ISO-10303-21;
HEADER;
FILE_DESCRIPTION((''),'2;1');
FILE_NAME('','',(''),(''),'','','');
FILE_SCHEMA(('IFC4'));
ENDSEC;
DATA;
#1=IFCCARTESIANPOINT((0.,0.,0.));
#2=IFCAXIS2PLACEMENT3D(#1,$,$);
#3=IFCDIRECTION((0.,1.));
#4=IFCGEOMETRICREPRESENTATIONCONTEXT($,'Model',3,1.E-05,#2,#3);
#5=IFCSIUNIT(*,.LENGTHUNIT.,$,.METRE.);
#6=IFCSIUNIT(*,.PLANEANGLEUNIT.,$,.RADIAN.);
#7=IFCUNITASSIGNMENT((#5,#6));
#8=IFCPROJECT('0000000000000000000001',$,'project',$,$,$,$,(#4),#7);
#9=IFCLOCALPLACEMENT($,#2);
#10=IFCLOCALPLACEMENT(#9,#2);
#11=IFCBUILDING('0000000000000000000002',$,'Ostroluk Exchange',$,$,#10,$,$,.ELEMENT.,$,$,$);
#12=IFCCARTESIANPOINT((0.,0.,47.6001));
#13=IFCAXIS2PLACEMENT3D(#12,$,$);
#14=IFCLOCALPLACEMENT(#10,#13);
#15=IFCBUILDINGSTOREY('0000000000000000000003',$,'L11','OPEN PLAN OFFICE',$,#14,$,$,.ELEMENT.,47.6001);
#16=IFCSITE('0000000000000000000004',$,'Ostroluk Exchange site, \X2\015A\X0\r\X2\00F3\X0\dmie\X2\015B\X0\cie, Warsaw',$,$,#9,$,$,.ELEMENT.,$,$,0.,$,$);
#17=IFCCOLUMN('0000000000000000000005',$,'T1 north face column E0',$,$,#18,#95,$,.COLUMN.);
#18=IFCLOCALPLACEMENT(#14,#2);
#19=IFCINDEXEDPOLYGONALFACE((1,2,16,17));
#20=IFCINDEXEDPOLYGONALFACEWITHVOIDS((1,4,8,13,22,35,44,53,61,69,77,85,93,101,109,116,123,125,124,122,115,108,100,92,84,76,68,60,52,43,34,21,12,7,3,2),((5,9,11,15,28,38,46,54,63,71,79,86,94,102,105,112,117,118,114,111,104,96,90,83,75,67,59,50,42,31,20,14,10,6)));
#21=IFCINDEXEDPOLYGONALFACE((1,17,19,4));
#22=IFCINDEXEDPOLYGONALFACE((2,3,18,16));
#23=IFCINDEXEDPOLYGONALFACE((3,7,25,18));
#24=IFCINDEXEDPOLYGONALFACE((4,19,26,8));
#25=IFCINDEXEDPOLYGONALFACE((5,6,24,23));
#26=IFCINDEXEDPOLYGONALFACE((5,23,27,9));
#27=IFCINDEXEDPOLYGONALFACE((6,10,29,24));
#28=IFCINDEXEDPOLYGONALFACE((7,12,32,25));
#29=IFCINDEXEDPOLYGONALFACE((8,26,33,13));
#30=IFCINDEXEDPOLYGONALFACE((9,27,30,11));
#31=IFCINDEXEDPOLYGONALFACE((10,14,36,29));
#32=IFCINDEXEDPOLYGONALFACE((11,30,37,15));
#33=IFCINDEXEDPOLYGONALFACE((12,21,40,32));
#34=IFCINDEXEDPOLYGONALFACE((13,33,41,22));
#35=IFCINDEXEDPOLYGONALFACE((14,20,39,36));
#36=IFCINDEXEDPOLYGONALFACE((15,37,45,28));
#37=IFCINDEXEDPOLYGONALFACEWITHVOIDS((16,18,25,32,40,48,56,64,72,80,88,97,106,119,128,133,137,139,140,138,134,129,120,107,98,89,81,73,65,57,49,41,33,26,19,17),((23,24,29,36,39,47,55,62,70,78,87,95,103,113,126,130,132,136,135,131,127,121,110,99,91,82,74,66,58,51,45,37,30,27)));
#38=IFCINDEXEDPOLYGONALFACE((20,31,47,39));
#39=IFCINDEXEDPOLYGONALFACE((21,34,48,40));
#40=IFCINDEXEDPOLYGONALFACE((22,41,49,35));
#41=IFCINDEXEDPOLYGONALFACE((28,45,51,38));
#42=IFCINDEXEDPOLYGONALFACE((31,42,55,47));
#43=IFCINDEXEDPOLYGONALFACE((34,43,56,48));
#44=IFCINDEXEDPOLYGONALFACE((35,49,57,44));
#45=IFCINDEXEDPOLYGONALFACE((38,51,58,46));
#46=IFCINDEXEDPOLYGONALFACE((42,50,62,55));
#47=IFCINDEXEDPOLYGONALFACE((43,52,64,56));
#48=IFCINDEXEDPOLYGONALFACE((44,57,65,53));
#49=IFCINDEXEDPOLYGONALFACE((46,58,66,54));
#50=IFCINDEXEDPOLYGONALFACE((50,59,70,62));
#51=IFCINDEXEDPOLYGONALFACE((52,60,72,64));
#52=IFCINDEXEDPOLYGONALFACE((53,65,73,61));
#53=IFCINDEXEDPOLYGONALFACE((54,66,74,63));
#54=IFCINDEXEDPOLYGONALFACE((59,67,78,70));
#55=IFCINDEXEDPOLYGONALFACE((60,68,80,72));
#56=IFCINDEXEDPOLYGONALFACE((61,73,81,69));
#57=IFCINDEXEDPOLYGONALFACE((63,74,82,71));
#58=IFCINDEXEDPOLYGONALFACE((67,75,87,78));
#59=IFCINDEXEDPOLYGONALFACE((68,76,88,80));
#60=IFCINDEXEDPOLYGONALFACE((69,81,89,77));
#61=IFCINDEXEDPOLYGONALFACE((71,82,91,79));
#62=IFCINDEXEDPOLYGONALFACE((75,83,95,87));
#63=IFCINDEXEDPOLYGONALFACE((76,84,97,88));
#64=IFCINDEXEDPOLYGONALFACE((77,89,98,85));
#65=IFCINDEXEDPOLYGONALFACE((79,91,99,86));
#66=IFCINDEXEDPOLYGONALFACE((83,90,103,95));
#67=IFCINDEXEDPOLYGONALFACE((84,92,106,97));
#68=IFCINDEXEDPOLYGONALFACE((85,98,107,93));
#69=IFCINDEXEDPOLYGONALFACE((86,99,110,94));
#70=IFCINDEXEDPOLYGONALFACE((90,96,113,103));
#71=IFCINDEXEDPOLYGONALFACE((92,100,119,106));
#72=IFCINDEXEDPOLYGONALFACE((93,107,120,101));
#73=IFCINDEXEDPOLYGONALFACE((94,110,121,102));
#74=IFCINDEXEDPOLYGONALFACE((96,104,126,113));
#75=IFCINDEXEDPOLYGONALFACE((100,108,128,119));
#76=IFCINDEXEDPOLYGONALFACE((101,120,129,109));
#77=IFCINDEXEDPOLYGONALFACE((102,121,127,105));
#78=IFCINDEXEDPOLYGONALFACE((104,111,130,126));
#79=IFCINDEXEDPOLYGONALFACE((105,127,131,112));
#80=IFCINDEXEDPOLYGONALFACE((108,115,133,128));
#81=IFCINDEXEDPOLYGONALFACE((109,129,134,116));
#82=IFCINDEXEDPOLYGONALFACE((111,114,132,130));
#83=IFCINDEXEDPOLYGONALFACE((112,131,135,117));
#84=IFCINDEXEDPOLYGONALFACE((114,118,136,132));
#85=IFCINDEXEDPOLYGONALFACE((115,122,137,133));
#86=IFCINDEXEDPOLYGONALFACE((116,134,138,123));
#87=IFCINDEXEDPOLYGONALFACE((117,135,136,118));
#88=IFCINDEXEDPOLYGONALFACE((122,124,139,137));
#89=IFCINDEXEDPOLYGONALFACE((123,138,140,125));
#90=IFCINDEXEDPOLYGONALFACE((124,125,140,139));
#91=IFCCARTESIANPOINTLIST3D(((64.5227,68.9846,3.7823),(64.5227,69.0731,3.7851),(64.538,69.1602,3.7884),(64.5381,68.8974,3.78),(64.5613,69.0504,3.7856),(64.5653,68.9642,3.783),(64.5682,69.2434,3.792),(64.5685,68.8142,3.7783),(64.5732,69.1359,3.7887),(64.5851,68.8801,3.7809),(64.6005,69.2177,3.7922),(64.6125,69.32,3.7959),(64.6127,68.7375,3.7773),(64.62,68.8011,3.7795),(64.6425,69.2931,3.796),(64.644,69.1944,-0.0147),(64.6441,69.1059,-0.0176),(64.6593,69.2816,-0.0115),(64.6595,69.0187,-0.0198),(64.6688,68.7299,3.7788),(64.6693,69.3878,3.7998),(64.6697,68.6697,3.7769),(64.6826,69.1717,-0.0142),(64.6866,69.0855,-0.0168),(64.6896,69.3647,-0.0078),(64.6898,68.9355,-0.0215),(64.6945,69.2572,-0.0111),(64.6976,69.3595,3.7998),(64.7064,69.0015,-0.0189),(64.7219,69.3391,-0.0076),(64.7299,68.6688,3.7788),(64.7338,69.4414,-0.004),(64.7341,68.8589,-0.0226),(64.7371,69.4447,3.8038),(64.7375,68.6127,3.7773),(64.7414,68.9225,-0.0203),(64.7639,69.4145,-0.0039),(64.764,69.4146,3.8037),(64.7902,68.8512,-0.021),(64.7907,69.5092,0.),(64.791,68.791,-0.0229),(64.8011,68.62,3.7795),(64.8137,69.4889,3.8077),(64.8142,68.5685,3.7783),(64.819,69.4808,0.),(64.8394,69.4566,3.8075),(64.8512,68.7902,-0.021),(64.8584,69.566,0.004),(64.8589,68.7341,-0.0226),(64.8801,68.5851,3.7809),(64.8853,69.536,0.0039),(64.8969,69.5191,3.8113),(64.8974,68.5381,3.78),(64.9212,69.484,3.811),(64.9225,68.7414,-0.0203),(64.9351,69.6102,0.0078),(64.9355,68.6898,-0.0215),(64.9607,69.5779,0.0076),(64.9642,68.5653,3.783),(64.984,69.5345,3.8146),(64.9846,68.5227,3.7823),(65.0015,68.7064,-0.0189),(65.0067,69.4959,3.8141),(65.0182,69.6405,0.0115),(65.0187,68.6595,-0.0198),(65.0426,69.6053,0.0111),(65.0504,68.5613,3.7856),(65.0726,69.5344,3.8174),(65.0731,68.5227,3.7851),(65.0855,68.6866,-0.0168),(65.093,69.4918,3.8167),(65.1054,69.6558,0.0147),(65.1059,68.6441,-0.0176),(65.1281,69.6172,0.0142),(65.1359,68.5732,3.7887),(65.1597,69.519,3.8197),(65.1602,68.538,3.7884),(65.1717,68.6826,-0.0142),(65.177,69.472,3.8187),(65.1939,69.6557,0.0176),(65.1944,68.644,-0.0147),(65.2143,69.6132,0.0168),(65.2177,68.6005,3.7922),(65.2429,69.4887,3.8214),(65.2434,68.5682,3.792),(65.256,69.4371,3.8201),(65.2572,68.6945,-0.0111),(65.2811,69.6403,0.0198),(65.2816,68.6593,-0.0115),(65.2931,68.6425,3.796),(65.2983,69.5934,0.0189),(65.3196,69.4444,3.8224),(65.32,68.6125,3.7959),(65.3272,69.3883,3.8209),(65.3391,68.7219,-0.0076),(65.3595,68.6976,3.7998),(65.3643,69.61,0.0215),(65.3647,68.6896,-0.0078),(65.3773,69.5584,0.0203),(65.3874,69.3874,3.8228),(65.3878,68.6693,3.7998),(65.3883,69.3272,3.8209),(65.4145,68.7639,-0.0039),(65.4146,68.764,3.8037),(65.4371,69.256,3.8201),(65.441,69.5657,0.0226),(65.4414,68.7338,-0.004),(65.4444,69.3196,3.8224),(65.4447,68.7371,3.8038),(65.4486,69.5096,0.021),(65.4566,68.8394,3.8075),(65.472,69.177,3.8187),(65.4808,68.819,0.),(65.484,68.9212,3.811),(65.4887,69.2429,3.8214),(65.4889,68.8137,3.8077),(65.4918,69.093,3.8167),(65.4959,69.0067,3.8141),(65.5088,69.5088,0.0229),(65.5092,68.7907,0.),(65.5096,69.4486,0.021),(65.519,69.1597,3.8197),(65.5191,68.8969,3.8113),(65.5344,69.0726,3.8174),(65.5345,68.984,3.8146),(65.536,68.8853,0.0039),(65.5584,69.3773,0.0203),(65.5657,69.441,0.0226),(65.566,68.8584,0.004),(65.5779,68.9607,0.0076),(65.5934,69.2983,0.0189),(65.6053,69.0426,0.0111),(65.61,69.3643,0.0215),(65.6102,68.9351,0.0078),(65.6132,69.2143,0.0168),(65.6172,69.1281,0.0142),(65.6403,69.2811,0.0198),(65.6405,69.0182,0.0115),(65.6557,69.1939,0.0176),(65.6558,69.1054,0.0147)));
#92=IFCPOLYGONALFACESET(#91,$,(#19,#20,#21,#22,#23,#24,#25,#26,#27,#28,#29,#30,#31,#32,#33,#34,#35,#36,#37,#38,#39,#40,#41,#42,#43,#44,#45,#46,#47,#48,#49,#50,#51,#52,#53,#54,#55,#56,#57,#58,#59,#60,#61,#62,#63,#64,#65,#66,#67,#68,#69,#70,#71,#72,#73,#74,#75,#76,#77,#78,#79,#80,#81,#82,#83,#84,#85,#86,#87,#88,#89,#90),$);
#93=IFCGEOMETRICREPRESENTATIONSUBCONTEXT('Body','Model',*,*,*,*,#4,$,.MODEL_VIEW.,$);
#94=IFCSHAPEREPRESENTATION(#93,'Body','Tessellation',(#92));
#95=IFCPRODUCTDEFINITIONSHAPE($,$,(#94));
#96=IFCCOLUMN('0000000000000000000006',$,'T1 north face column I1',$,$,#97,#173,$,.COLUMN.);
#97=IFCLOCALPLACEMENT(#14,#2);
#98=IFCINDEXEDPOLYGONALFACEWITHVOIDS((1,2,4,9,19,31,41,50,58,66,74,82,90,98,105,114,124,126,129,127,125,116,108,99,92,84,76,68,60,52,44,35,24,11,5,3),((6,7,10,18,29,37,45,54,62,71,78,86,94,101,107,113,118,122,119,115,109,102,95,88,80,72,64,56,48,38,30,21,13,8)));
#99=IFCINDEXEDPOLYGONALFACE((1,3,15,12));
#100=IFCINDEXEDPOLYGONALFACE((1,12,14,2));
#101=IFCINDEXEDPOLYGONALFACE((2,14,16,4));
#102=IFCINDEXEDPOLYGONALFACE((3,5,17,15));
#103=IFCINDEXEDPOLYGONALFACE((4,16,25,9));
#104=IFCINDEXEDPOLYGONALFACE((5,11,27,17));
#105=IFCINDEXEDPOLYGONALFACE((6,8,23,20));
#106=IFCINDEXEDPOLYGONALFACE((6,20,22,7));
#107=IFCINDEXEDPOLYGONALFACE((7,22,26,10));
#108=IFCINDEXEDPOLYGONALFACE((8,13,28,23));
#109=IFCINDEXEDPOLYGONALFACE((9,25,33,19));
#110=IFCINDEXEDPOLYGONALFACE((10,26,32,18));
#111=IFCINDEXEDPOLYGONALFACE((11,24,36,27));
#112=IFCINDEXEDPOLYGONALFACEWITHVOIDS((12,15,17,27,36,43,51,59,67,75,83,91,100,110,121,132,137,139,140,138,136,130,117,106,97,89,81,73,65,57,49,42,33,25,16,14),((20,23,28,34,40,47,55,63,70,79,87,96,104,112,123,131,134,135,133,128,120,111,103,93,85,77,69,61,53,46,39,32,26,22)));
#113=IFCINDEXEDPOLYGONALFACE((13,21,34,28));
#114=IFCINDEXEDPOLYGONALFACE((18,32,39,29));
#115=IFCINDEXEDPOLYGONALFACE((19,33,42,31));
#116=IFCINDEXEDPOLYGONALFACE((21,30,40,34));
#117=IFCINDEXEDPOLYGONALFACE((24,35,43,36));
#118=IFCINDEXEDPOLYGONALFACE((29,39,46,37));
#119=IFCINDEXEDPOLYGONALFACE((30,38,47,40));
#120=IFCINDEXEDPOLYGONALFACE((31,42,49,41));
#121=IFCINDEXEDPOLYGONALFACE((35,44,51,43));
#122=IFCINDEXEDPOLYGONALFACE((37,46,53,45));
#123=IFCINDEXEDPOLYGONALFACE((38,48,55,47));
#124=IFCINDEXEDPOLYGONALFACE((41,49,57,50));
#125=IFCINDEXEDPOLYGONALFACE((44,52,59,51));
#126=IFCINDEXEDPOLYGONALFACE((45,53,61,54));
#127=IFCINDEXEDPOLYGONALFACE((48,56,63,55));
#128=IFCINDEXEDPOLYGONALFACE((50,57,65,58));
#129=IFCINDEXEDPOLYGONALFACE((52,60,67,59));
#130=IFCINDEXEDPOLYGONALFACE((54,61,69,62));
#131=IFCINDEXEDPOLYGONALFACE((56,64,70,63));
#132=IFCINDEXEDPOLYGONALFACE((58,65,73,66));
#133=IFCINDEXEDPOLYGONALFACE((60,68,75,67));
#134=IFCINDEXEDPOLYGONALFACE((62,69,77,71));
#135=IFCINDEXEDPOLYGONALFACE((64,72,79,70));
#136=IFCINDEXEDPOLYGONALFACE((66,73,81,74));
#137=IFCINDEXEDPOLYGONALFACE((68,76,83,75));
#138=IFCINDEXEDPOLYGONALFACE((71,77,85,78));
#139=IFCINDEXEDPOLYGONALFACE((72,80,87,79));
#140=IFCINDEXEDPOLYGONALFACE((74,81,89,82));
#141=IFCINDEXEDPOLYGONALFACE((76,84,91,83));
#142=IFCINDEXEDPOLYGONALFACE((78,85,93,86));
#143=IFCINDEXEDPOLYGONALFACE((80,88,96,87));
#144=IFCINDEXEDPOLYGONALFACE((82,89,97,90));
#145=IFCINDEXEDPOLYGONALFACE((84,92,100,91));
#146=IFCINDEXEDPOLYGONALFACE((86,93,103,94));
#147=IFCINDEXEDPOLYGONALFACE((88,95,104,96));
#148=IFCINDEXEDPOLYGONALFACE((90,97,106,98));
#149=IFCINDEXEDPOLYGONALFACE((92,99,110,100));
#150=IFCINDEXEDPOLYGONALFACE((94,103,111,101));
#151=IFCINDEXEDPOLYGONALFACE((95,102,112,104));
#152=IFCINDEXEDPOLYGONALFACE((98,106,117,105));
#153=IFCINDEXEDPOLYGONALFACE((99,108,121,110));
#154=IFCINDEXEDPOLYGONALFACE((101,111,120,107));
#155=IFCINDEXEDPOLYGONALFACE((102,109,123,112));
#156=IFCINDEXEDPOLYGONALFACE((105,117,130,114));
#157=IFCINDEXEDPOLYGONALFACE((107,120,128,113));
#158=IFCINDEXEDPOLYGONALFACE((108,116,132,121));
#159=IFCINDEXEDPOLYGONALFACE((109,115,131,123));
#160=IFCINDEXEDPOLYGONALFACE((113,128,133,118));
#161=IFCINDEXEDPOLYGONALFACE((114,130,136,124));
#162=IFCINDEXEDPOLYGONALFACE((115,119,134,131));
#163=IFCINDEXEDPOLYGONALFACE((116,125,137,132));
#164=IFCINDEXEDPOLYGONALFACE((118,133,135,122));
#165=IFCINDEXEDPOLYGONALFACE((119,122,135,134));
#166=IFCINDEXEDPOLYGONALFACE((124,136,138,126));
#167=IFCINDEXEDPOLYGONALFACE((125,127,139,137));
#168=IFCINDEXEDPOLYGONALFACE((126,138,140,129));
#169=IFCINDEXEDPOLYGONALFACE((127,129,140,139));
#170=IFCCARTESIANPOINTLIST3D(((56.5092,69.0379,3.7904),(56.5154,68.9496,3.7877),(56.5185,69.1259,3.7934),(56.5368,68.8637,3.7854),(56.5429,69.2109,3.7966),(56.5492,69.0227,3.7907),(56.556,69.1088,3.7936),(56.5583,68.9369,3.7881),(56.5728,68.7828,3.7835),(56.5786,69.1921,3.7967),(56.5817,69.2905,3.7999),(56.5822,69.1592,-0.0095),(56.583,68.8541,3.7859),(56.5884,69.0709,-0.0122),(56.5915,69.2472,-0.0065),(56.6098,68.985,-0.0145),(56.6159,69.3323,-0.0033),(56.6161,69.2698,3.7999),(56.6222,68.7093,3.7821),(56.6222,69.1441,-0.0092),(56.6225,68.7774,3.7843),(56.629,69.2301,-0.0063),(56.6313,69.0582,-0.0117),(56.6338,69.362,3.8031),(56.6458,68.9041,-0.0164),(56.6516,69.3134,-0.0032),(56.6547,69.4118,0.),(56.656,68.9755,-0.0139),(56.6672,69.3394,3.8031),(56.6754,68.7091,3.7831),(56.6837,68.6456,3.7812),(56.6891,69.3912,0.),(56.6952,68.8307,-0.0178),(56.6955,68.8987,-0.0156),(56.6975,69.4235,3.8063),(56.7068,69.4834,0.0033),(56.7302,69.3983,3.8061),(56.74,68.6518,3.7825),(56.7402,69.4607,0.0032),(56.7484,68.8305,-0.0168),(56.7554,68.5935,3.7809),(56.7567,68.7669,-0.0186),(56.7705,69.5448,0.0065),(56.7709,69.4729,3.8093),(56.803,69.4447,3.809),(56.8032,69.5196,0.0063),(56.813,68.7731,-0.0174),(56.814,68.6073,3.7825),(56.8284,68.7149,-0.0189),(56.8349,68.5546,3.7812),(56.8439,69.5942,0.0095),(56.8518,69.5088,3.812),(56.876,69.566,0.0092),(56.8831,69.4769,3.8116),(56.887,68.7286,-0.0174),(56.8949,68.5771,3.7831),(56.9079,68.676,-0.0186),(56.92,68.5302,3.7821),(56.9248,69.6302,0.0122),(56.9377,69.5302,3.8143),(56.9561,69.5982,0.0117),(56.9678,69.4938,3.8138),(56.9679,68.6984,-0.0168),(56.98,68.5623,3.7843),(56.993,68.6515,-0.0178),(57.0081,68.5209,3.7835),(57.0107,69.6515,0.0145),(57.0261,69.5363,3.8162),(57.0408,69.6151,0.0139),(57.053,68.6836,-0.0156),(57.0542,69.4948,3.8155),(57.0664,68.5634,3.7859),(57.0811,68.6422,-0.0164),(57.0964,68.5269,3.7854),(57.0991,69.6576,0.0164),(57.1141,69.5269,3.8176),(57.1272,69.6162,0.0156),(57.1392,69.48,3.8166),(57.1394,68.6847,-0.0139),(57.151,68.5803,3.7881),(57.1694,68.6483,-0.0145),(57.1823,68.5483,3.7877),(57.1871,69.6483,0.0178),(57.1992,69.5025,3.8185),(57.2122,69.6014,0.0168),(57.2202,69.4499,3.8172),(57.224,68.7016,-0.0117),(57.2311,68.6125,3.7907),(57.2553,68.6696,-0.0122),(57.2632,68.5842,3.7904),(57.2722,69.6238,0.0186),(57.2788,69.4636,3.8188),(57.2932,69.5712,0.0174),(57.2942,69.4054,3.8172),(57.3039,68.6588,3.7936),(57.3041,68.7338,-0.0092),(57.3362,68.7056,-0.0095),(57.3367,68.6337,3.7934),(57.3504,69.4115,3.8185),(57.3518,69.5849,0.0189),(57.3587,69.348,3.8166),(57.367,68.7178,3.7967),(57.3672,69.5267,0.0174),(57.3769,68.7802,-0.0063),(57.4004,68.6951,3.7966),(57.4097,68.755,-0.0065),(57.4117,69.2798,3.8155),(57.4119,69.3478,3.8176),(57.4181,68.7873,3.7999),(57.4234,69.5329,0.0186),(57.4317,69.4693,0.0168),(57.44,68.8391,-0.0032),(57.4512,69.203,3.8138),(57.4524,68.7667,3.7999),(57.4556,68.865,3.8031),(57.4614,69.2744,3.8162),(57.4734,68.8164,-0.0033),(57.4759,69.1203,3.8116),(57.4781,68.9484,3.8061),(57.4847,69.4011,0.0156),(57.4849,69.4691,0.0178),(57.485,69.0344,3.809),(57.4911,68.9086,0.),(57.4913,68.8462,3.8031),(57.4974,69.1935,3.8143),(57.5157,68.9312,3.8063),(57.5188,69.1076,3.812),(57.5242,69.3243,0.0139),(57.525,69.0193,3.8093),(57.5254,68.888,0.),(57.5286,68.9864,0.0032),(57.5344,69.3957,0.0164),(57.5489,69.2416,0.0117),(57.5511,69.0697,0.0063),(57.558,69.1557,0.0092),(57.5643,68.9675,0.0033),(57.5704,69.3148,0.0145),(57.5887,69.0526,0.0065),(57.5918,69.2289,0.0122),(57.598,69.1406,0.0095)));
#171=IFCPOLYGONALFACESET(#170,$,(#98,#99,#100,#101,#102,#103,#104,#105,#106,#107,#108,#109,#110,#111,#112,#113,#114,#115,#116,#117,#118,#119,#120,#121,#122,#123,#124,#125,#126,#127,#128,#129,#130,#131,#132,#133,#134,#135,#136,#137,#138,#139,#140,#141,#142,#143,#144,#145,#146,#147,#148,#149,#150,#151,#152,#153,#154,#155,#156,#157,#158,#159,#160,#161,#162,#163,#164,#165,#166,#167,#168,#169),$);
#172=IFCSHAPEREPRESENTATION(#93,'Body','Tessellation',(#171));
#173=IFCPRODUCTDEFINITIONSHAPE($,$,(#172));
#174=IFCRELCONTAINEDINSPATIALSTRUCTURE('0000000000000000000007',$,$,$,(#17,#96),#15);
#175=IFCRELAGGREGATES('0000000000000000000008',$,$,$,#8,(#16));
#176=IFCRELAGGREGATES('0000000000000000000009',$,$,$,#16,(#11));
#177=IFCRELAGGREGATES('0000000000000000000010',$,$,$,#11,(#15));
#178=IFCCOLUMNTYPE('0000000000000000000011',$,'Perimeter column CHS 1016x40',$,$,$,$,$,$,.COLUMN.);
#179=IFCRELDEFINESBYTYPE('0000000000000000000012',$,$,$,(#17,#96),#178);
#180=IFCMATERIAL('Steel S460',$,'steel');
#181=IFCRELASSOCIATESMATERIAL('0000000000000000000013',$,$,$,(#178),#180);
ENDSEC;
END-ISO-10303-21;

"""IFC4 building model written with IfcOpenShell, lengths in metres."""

from ifc_helpers import new_model, si_unit, direction, frame, origin, origin_2d, place, context, subcontext, project, spatial, hollow_circle, extrude, material, material_profile, profile_set, type_object, element, save


model = new_model("IFC4")

# Units and contexts
model_context = context("Model", 3, precision=1e-05, world=origin(), true_north=direction((0.0, 1.0)))
body_context = subcontext(model_context, "Body", "Model", "MODEL_VIEW")
ifc_project = project(units=[si_unit("LENGTHUNIT", "METRE"), si_unit("PLANEANGLEUNIT", "RADIAN")], contexts=[model_context])

# Site, building, storey
site_placement = place(None, origin())
site = spatial("IfcSite", under=ifc_project, at=site_placement, Name="Ostroluk Exchange site, Śródmieście, Warsaw", CompositionType="ELEMENT", RefElevation=0.0)
building_placement = place(site_placement, origin())
building = spatial("IfcBuilding", under=site, at=building_placement, Name="Ostroluk Exchange", CompositionType="ELEMENT")
storey_placement = place(building_placement, frame((0.0, 0.0, 47.6001)))
storey = spatial("IfcBuildingStorey", under=building, at=storey_placement, Name="L11", Description="OPEN PLAN OFFICE", CompositionType="ELEMENT", Elevation=47.6001)

# Columns
ifc_material_1 = material(Name="Steel S460", Category="steel")
ifc_material_profile_1 = material_profile(ifc_material_1, hollow_circle(Radius=0.5081, WallThickness=0.04, at=origin_2d()), Name="CHS 1016x40")
ifc_profile_set_1 = profile_set([ifc_material_profile_1], Name="Steel S460")
column_type = type_object("IfcColumnType", Name="Perimeter column CHS 1016x40", PredefinedType="COLUMN", material=ifc_profile_set_1)
column_1_placement = place(storey_placement, frame((65.1499, 69.1499, 0.0), z_axis=(-0.0319, -0.0319, 0.998982), x_axis=(0.707107, -0.707107, 0.0)))
element("IfcColumn", 1, at=column_1_placement, inside=storey, type_object=column_type, Name="T1 north face column E0", PredefinedType="COLUMN", context=body_context, shape_type="SweptSolid", body=[
    extrude(hollow_circle(Radius=0.5081, WallThickness=0.04, at=origin_2d()), origin(), (0.0, 0.0, 1.0), 3.8037),
])
column_2_placement = place(storey_placement, frame((57.0901, 69.1499, 0.0), z_axis=(-0.019198, -0.031911, 0.999306), x_axis=(0.856884, -0.51551, 0.0)))
element("IfcColumn", 2, at=column_2_placement, inside=storey, type_object=column_type, Name="T1 north face column I1", PredefinedType="COLUMN", context=body_context, shape_type="SweptSolid", body=[
    extrude(hollow_circle(Radius=0.5081, WallThickness=0.04, at=origin_2d()), origin(), (0.0, 0.0, 1.0), 3.8025),
])

save(model, "model.ifc")
